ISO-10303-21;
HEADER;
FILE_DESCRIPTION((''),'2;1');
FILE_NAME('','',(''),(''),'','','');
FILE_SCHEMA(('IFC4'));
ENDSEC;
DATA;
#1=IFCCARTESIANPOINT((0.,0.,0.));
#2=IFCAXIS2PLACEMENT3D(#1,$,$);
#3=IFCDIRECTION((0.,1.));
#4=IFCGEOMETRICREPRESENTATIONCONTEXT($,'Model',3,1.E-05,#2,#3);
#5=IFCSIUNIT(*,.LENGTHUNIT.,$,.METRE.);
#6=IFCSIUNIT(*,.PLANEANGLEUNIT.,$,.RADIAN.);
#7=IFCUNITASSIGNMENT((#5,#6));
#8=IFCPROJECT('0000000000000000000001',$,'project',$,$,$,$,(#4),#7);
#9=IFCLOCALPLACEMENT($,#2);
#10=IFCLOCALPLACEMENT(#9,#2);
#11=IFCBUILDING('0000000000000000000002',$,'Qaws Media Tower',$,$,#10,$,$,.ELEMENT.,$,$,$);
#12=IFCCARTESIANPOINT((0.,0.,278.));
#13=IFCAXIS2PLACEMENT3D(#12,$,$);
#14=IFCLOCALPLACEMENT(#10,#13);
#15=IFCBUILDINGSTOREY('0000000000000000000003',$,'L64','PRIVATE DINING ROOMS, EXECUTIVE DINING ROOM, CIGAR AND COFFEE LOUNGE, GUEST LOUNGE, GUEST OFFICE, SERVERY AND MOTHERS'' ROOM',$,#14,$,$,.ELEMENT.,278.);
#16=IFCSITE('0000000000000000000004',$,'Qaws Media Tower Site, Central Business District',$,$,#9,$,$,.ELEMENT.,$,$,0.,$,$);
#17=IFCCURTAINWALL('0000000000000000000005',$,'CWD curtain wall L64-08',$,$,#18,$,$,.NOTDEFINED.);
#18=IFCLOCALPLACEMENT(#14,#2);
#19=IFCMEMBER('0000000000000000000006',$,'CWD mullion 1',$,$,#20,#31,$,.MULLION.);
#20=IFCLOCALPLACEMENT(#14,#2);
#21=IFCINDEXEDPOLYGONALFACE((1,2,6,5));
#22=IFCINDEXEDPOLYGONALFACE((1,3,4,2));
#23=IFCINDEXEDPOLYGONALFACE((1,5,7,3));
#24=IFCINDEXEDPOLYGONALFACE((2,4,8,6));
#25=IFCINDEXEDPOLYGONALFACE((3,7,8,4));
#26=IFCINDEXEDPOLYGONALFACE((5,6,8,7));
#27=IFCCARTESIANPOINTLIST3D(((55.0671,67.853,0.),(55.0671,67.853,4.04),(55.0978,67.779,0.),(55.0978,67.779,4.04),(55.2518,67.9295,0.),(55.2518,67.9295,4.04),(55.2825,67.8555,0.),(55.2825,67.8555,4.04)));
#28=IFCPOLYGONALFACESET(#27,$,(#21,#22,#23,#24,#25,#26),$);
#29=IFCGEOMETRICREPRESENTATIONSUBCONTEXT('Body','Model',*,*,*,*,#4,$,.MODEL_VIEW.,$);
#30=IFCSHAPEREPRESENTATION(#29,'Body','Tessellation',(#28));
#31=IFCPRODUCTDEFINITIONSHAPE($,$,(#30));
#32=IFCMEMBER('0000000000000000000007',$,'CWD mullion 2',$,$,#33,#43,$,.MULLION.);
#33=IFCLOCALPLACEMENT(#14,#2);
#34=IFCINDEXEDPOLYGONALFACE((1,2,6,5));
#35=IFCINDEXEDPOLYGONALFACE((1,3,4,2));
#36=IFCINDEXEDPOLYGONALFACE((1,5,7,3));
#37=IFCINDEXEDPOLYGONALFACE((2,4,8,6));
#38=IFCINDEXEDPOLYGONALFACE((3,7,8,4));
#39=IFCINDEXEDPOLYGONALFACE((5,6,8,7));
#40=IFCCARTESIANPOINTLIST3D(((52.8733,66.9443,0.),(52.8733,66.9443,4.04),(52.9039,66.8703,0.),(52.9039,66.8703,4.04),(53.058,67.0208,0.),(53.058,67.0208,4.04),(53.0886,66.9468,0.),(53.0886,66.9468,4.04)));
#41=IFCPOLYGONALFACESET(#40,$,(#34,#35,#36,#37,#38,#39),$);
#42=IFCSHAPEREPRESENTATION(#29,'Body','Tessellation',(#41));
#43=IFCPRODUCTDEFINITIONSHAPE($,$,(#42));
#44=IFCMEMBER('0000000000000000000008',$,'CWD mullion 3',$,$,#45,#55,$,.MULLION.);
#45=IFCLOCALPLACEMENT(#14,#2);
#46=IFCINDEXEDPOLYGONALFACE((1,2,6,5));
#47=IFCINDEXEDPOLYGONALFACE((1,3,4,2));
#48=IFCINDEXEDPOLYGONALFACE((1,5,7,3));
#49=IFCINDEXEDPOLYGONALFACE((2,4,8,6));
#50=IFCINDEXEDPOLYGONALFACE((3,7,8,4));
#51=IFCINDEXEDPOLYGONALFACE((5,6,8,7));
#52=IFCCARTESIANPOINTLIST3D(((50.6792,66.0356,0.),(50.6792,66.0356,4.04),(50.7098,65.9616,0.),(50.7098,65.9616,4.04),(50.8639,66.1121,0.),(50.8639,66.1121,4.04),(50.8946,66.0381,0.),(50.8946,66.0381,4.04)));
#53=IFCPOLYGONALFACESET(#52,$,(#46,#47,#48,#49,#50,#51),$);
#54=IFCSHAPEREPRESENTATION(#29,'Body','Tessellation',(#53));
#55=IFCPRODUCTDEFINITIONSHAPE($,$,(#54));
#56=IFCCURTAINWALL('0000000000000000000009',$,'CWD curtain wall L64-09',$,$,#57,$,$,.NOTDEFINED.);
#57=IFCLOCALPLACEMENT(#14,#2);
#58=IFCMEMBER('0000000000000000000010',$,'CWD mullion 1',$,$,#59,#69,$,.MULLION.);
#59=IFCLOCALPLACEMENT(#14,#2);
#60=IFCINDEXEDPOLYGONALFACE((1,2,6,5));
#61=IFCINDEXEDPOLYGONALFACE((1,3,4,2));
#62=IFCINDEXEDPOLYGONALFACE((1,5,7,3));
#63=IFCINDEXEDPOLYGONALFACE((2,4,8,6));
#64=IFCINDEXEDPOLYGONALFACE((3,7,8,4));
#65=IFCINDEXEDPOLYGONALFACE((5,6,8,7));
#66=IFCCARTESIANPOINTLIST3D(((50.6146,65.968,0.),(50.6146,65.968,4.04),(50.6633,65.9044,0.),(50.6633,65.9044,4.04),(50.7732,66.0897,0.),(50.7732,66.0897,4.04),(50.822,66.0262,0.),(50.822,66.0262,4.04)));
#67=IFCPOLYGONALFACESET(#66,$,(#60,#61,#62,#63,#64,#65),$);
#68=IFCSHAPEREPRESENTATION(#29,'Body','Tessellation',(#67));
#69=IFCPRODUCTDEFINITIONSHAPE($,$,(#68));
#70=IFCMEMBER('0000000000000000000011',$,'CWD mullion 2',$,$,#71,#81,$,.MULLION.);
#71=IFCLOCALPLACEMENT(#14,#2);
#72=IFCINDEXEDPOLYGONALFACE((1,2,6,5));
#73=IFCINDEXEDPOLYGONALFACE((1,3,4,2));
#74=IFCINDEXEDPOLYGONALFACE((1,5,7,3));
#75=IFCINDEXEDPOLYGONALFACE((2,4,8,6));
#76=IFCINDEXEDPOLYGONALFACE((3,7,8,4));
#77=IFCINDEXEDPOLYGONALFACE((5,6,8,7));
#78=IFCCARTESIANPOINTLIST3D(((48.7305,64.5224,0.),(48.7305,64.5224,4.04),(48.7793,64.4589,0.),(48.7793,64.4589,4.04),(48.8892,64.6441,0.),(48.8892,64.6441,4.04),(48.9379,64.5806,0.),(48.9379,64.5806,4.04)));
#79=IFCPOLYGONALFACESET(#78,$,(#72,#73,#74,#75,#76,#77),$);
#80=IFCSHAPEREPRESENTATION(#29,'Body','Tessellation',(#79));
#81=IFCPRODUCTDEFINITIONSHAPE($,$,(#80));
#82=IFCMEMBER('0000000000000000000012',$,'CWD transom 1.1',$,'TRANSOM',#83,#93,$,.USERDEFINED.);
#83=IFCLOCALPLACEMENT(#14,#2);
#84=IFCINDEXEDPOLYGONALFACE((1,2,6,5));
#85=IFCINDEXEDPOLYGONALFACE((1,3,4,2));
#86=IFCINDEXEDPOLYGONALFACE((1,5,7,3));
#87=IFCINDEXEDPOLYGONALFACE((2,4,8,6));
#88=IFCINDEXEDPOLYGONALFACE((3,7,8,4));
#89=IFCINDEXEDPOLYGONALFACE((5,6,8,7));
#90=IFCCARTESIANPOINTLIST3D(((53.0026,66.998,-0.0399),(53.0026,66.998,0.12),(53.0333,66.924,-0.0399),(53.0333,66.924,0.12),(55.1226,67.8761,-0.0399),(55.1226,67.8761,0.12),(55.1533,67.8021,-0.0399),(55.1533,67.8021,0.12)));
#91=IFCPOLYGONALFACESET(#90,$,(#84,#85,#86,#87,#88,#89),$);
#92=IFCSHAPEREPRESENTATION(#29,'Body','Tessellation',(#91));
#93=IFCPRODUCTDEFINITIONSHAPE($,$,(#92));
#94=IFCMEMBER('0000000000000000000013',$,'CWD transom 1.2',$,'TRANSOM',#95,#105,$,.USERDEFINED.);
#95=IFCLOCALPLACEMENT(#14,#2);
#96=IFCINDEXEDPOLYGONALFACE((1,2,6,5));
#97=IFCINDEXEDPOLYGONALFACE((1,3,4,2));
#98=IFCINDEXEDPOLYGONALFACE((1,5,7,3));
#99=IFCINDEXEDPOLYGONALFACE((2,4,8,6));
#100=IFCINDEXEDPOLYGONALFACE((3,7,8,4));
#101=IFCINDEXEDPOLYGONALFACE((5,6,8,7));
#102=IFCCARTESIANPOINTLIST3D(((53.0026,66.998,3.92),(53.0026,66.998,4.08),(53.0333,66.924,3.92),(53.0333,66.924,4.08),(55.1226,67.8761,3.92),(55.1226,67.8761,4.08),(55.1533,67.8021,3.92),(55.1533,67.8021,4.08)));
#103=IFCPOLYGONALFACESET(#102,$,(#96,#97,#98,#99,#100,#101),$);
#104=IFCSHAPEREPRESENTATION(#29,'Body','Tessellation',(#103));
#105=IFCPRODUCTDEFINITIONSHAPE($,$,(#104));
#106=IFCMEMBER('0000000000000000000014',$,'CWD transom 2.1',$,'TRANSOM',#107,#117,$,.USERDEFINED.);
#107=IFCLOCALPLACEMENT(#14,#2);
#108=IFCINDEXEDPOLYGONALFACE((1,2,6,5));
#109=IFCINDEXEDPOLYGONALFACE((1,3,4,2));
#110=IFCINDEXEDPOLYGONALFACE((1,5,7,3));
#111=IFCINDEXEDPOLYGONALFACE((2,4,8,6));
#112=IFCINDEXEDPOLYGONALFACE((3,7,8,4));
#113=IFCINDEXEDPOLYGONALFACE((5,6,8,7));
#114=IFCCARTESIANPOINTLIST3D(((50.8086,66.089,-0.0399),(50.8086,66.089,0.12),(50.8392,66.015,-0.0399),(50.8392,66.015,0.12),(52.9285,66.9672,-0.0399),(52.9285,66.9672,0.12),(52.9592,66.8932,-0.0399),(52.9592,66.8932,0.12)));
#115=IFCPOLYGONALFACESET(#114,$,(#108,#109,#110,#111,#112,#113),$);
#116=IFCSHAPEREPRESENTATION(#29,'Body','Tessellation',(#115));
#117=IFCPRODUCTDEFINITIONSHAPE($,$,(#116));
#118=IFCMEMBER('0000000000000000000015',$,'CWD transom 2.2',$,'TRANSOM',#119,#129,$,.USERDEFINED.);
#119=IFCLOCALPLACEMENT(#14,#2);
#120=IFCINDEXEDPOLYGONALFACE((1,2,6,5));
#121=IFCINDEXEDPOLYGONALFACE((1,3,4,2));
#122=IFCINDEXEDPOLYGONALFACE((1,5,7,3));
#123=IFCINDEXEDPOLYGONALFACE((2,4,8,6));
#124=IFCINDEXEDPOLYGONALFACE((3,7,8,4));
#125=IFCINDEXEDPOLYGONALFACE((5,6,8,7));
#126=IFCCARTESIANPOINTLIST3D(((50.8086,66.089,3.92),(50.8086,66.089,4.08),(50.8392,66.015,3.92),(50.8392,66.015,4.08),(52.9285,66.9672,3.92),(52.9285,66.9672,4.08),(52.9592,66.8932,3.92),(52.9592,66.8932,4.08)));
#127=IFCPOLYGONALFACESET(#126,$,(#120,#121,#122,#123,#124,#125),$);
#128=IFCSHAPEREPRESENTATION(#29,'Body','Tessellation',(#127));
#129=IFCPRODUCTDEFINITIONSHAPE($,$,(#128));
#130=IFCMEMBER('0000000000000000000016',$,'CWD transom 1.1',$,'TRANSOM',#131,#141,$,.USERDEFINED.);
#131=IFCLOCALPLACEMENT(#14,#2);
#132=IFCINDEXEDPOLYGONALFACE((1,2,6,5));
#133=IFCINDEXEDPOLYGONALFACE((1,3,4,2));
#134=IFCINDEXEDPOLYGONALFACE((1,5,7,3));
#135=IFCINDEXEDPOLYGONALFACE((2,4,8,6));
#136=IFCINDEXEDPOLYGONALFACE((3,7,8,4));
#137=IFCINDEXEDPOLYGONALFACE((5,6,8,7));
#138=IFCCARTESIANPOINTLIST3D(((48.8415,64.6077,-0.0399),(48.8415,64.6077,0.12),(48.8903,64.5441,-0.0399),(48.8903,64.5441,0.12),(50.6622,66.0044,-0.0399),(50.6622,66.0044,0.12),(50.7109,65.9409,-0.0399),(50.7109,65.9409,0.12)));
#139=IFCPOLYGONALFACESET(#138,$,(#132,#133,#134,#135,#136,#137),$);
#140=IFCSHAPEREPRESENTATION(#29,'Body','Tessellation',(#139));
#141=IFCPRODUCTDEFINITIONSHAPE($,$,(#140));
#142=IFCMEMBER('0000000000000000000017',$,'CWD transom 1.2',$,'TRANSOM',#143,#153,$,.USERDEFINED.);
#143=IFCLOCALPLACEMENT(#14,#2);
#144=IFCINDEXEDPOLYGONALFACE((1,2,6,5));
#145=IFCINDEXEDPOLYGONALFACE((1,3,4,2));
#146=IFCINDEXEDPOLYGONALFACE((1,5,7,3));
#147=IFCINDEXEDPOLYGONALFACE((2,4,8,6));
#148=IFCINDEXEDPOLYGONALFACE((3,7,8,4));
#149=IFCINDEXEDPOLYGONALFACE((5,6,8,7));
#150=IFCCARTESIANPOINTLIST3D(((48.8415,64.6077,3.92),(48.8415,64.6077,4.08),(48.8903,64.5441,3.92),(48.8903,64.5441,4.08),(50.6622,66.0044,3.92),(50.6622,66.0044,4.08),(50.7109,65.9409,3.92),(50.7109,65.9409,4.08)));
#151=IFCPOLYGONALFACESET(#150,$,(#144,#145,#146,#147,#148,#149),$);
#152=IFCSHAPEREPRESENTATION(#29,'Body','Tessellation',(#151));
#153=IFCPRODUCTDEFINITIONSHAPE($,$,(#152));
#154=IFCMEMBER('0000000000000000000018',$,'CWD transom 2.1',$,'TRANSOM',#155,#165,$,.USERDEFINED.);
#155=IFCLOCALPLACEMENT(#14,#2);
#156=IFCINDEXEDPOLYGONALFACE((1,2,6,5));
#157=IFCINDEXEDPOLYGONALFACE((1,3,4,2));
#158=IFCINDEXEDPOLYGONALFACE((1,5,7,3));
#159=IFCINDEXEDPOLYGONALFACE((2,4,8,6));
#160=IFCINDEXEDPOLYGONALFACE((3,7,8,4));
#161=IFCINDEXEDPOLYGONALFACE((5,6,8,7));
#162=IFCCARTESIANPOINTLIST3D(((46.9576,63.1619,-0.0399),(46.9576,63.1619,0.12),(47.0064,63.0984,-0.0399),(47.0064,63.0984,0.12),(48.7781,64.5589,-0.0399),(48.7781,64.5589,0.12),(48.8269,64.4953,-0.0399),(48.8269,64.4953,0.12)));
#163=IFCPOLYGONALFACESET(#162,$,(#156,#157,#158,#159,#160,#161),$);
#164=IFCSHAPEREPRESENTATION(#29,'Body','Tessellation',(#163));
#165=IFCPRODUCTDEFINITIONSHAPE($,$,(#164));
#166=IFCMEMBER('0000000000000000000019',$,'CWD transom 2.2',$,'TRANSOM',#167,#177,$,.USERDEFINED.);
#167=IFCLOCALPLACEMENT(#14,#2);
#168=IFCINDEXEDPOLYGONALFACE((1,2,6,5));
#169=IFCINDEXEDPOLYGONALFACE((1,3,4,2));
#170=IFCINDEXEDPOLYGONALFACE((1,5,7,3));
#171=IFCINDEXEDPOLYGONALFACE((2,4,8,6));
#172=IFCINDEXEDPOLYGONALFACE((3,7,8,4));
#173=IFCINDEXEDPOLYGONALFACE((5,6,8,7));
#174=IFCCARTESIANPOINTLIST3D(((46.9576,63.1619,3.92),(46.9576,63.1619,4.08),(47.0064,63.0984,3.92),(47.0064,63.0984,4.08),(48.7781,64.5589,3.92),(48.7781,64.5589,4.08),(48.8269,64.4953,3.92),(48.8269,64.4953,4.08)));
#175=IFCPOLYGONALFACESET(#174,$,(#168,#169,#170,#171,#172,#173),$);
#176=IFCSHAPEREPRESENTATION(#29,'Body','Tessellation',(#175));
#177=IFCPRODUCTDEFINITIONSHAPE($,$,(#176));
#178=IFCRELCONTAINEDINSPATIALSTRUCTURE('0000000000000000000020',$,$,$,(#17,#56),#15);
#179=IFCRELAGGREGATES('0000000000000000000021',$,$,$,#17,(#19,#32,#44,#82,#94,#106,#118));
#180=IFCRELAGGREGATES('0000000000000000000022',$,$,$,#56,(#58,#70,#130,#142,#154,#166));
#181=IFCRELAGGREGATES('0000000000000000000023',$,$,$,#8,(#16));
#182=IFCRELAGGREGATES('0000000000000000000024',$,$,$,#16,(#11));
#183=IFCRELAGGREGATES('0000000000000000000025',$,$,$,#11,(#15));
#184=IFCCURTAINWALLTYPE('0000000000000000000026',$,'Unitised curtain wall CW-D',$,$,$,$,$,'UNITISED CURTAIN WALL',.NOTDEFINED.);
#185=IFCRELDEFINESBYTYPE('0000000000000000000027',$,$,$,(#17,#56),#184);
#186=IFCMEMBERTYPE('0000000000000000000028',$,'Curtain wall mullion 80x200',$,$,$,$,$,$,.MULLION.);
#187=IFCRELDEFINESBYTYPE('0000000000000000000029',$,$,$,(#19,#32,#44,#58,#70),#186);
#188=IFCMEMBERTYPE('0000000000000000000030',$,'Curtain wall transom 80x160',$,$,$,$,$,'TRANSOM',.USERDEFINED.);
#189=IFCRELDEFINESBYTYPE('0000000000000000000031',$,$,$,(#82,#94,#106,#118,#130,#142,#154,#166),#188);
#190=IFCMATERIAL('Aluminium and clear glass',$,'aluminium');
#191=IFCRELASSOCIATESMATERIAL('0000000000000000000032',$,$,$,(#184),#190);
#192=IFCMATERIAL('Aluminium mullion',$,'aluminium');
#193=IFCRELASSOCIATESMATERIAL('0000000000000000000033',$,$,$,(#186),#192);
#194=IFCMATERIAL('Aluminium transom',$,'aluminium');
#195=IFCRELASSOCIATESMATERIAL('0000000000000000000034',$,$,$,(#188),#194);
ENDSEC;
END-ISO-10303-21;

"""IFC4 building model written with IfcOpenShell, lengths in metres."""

from ifc_helpers import new_model, si_unit, direction, frame, origin, origin_2d, place, context, subcontext, project, spatial, rectangle, extrude, material, material_profile, profile_set, type_object, element, aggregate, save


model = new_model("IFC4")

# Units and contexts
model_context = context("Model", 3, precision=1e-05, world=origin(), true_north=direction((0.0, 1.0)))
body_context = subcontext(model_context, "Body", "Model", "MODEL_VIEW")
ifc_project = project(units=[si_unit("LENGTHUNIT", "METRE"), si_unit("PLANEANGLEUNIT", "RADIAN")], contexts=[model_context])

# Site, building, storey
site_placement = place(None, origin())
site = spatial("IfcSite", under=ifc_project, at=site_placement, Name="Qaws Media Tower Site, Central Business District", CompositionType="ELEMENT", RefElevation=0.0)
building_placement = place(site_placement, origin())
building = spatial("IfcBuilding", under=site, at=building_placement, Name="Qaws Media Tower", CompositionType="ELEMENT")
storey_placement = place(building_placement, frame((0.0, 0.0, 278.0)))
storey = spatial("IfcBuildingStorey", under=building, at=storey_placement, Name="L64", Description="PRIVATE DINING ROOMS, EXECUTIVE DINING ROOM, CIGAR AND COFFEE LOUNGE, GUEST LOUNGE, GUEST OFFICE, SERVERY AND MOTHERS' ROOM", CompositionType="ELEMENT", Elevation=278.0)

# Curtain walls, members
ifc_material_1 = material(Name="Aluminium and clear glass", Category="aluminium")
curtain_wall_type = type_object("IfcCurtainWallType", Name="Unitised curtain wall CW-D", ElementType="UNITISED CURTAIN WALL", PredefinedType="NOTDEFINED", material=ifc_material_1)
curtain_wall_1_placement = place(storey_placement, origin())
curtain_wall_1 = element("IfcCurtainWall", 1, at=curtain_wall_1_placement, inside=storey, type_object=curtain_wall_type, Name="CWD curtain wall L64-08", PredefinedType="NOTDEFINED")
ifc_material_2 = material(Name="Aluminium mullion", Category="aluminium")
ifc_material_profile_1 = material_profile(ifc_material_2, rectangle(XDim=0.0801, YDim=0.2, at=origin_2d()), Name="80x200")
ifc_profile_set_1 = profile_set([ifc_material_profile_1], Name="Aluminium mullion")
member_type_1 = type_object("IfcMemberType", Name="Curtain wall mullion 80x200", PredefinedType="MULLION", material=ifc_profile_set_1)
member_1_placement = place(storey_placement, frame((55.1748, 67.8542, 0.0), z_axis=(0.0, 0.0, 1.0), x_axis=(0.382683, -0.92388, 0.0)))
member_1 = element("IfcMember", 2, at=member_1_placement, type_object=member_type_1, Name="CWD mullion 1", PredefinedType="MULLION", context=body_context, shape_type="SweptSolid", body=[
    extrude(rectangle(XDim=0.0801, YDim=0.2, at=origin_2d()), origin(), (0.0, 0.0, 1.0), 4.04),
])
member_2_placement = place(storey_placement, frame((52.981, 66.9456, 0.0), z_axis=(0.0, 0.0, 1.0), x_axis=(0.382683, -0.92388, 0.0)))
member_2 = element("IfcMember", 3, at=member_2_placement, type_object=member_type_1, Name="CWD mullion 2", PredefinedType="MULLION", context=body_context, shape_type="SweptSolid", body=[
    extrude(rectangle(XDim=0.0801, YDim=0.2, at=origin_2d()), origin(), (0.0, 0.0, 1.0), 4.04),
])
member_3_placement = place(storey_placement, frame((50.7869, 66.0369, 0.0), z_axis=(0.0, 0.0, 1.0), x_axis=(0.382683, -0.92388, 0.0)))
member_3 = element("IfcMember", 4, at=member_3_placement, type_object=member_type_1, Name="CWD mullion 3", PredefinedType="MULLION", context=body_context, shape_type="SweptSolid", body=[
    extrude(rectangle(XDim=0.0801, YDim=0.2, at=origin_2d()), origin(), (0.0, 0.0, 1.0), 4.04),
])
curtain_wall_2_placement = place(storey_placement, origin())
curtain_wall_2 = element("IfcCurtainWall", 5, at=curtain_wall_2_placement, inside=storey, type_object=curtain_wall_type, Name="CWD curtain wall L64-09", PredefinedType="NOTDEFINED")
member_4_placement = place(storey_placement, frame((50.7183, 65.9971, 0.0), z_axis=(0.0, 0.0, 1.0), x_axis=(0.608762, -0.793353, 0.0)))
member_4 = element("IfcMember", 6, at=member_4_placement, type_object=member_type_1, Name="CWD mullion 1", PredefinedType="MULLION", context=body_context, shape_type="SweptSolid", body=[
    extrude(rectangle(XDim=0.0801, YDim=0.2, at=origin_2d()), origin(), (0.0, 0.0, 1.0), 4.04),
])
member_5_placement = place(storey_placement, frame((48.8342, 64.5515, 0.0), z_axis=(0.0, 0.0, 1.0), x_axis=(0.608762, -0.793353, 0.0)))
member_5 = element("IfcMember", 7, at=member_5_placement, type_object=member_type_1, Name="CWD mullion 2", PredefinedType="MULLION", context=body_context, shape_type="SweptSolid", body=[
    extrude(rectangle(XDim=0.0801, YDim=0.2, at=origin_2d()), origin(), (0.0, 0.0, 1.0), 4.04),
])

# Members
ifc_material_3 = material(Name="Aluminium transom", Category="aluminium")
ifc_material_profile_2 = material_profile(ifc_material_3, rectangle(XDim=0.0801, YDim=0.1599, at=origin_2d()), Name="80x160")
ifc_profile_set_2 = profile_set([ifc_material_profile_2], Name="Aluminium transom")
member_type_2 = type_object("IfcMemberType", Name="Curtain wall transom 80x160", ElementType="TRANSOM", PredefinedType="USERDEFINED", material=ifc_profile_set_2)
member_6_placement = place(storey_placement, frame((55.1379, 67.8391, 0.04), z_axis=(-0.923881, -0.382681, 0.0), x_axis=(0.382681, -0.923881, 0.0)))
member_6 = element("IfcMember", 8, at=member_6_placement, type_object=member_type_2, Name="CWD transom 1.1", ObjectType="TRANSOM", PredefinedType="USERDEFINED", context=body_context, shape_type="SweptSolid", body=[
    extrude(rectangle(XDim=0.0801, YDim=0.1599, at=origin_2d()), origin(), (0.0, 0.0, 1.0), 2.2947),
])
member_7_placement = place(storey_placement, frame((55.1379, 67.8391, 4.0), z_axis=(-0.923881, -0.382681, 0.0), x_axis=(0.382681, -0.923881, 0.0)))
member_7 = element("IfcMember", 9, at=member_7_placement, type_object=member_type_2, Name="CWD transom 1.2", ObjectType="TRANSOM", PredefinedType="USERDEFINED", context=body_context, shape_type="SweptSolid", body=[
    extrude(rectangle(XDim=0.0801, YDim=0.1599, at=origin_2d()), origin(), (0.0, 0.0, 1.0), 2.2947),
])
member_8_placement = place(storey_placement, frame((52.9438, 66.9302, 0.04), z_axis=(-0.923865, -0.382718, 0.0), x_axis=(0.382718, -0.923865, 0.0)))
member_8 = element("IfcMember", 10, at=member_8_placement, type_object=member_type_2, Name="CWD transom 2.1", ObjectType="TRANSOM", PredefinedType="USERDEFINED", context=body_context, shape_type="SweptSolid", body=[
    extrude(rectangle(XDim=0.0801, YDim=0.1599, at=origin_2d()), origin(), (0.0, 0.0, 1.0), 2.2947),
])
member_9_placement = place(storey_placement, frame((52.9438, 66.9302, 4.0), z_axis=(-0.923865, -0.382718, 0.0), x_axis=(0.382718, -0.923865, 0.0)))
member_9 = element("IfcMember", 11, at=member_9_placement, type_object=member_type_2, Name="CWD transom 2.2", ObjectType="TRANSOM", PredefinedType="USERDEFINED", context=body_context, shape_type="SweptSolid", body=[
    extrude(rectangle(XDim=0.0801, YDim=0.1599, at=origin_2d()), origin(), (0.0, 0.0, 1.0), 2.2947),
])
member_10_placement = place(storey_placement, frame((50.6865, 65.9727, 0.04), z_axis=(-0.793403, -0.608697, 0.0), x_axis=(0.608697, -0.793403, 0.0)))
member_10 = element("IfcMember", 12, at=member_10_placement, type_object=member_type_2, Name="CWD transom 1.1", ObjectType="TRANSOM", PredefinedType="USERDEFINED", context=body_context, shape_type="SweptSolid", body=[
    extrude(rectangle(XDim=0.0801, YDim=0.1599, at=origin_2d()), origin(), (0.0, 0.0, 1.0), 2.2947),
])
member_11_placement = place(storey_placement, frame((50.6865, 65.9727, 4.0), z_axis=(-0.793403, -0.608697, 0.0), x_axis=(0.608697, -0.793403, 0.0)))
member_11 = element("IfcMember", 13, at=member_11_placement, type_object=member_type_2, Name="CWD transom 1.2", ObjectType="TRANSOM", PredefinedType="USERDEFINED", context=body_context, shape_type="SweptSolid", body=[
    extrude(rectangle(XDim=0.0801, YDim=0.1599, at=origin_2d()), origin(), (0.0, 0.0, 1.0), 2.2947),
])
member_12_placement = place(storey_placement, frame((48.8025, 64.5271, 0.04), z_axis=(-0.793351, -0.608764, 0.0), x_axis=(0.608764, -0.793351, 0.0)))
member_12 = element("IfcMember", 14, at=member_12_placement, type_object=member_type_2, Name="CWD transom 2.1", ObjectType="TRANSOM", PredefinedType="USERDEFINED", context=body_context, shape_type="SweptSolid", body=[
    extrude(rectangle(XDim=0.0801, YDim=0.1599, at=origin_2d()), origin(), (0.0, 0.0, 1.0), 2.2947),
])
member_13_placement = place(storey_placement, frame((48.8025, 64.5271, 4.0), z_axis=(-0.793351, -0.608764, 0.0), x_axis=(0.608764, -0.793351, 0.0)))
member_13 = element("IfcMember", 15, at=member_13_placement, type_object=member_type_2, Name="CWD transom 2.2", ObjectType="TRANSOM", PredefinedType="USERDEFINED", context=body_context, shape_type="SweptSolid", body=[
    extrude(rectangle(XDim=0.0801, YDim=0.1599, at=origin_2d()), origin(), (0.0, 0.0, 1.0), 2.2947),
])

aggregate(curtain_wall_1, [member_1, member_2, member_3, member_6, member_7, member_8, member_9])
aggregate(curtain_wall_2, [member_4, member_5, member_10, member_11, member_12, member_13])

save(model, "model.ifc")
